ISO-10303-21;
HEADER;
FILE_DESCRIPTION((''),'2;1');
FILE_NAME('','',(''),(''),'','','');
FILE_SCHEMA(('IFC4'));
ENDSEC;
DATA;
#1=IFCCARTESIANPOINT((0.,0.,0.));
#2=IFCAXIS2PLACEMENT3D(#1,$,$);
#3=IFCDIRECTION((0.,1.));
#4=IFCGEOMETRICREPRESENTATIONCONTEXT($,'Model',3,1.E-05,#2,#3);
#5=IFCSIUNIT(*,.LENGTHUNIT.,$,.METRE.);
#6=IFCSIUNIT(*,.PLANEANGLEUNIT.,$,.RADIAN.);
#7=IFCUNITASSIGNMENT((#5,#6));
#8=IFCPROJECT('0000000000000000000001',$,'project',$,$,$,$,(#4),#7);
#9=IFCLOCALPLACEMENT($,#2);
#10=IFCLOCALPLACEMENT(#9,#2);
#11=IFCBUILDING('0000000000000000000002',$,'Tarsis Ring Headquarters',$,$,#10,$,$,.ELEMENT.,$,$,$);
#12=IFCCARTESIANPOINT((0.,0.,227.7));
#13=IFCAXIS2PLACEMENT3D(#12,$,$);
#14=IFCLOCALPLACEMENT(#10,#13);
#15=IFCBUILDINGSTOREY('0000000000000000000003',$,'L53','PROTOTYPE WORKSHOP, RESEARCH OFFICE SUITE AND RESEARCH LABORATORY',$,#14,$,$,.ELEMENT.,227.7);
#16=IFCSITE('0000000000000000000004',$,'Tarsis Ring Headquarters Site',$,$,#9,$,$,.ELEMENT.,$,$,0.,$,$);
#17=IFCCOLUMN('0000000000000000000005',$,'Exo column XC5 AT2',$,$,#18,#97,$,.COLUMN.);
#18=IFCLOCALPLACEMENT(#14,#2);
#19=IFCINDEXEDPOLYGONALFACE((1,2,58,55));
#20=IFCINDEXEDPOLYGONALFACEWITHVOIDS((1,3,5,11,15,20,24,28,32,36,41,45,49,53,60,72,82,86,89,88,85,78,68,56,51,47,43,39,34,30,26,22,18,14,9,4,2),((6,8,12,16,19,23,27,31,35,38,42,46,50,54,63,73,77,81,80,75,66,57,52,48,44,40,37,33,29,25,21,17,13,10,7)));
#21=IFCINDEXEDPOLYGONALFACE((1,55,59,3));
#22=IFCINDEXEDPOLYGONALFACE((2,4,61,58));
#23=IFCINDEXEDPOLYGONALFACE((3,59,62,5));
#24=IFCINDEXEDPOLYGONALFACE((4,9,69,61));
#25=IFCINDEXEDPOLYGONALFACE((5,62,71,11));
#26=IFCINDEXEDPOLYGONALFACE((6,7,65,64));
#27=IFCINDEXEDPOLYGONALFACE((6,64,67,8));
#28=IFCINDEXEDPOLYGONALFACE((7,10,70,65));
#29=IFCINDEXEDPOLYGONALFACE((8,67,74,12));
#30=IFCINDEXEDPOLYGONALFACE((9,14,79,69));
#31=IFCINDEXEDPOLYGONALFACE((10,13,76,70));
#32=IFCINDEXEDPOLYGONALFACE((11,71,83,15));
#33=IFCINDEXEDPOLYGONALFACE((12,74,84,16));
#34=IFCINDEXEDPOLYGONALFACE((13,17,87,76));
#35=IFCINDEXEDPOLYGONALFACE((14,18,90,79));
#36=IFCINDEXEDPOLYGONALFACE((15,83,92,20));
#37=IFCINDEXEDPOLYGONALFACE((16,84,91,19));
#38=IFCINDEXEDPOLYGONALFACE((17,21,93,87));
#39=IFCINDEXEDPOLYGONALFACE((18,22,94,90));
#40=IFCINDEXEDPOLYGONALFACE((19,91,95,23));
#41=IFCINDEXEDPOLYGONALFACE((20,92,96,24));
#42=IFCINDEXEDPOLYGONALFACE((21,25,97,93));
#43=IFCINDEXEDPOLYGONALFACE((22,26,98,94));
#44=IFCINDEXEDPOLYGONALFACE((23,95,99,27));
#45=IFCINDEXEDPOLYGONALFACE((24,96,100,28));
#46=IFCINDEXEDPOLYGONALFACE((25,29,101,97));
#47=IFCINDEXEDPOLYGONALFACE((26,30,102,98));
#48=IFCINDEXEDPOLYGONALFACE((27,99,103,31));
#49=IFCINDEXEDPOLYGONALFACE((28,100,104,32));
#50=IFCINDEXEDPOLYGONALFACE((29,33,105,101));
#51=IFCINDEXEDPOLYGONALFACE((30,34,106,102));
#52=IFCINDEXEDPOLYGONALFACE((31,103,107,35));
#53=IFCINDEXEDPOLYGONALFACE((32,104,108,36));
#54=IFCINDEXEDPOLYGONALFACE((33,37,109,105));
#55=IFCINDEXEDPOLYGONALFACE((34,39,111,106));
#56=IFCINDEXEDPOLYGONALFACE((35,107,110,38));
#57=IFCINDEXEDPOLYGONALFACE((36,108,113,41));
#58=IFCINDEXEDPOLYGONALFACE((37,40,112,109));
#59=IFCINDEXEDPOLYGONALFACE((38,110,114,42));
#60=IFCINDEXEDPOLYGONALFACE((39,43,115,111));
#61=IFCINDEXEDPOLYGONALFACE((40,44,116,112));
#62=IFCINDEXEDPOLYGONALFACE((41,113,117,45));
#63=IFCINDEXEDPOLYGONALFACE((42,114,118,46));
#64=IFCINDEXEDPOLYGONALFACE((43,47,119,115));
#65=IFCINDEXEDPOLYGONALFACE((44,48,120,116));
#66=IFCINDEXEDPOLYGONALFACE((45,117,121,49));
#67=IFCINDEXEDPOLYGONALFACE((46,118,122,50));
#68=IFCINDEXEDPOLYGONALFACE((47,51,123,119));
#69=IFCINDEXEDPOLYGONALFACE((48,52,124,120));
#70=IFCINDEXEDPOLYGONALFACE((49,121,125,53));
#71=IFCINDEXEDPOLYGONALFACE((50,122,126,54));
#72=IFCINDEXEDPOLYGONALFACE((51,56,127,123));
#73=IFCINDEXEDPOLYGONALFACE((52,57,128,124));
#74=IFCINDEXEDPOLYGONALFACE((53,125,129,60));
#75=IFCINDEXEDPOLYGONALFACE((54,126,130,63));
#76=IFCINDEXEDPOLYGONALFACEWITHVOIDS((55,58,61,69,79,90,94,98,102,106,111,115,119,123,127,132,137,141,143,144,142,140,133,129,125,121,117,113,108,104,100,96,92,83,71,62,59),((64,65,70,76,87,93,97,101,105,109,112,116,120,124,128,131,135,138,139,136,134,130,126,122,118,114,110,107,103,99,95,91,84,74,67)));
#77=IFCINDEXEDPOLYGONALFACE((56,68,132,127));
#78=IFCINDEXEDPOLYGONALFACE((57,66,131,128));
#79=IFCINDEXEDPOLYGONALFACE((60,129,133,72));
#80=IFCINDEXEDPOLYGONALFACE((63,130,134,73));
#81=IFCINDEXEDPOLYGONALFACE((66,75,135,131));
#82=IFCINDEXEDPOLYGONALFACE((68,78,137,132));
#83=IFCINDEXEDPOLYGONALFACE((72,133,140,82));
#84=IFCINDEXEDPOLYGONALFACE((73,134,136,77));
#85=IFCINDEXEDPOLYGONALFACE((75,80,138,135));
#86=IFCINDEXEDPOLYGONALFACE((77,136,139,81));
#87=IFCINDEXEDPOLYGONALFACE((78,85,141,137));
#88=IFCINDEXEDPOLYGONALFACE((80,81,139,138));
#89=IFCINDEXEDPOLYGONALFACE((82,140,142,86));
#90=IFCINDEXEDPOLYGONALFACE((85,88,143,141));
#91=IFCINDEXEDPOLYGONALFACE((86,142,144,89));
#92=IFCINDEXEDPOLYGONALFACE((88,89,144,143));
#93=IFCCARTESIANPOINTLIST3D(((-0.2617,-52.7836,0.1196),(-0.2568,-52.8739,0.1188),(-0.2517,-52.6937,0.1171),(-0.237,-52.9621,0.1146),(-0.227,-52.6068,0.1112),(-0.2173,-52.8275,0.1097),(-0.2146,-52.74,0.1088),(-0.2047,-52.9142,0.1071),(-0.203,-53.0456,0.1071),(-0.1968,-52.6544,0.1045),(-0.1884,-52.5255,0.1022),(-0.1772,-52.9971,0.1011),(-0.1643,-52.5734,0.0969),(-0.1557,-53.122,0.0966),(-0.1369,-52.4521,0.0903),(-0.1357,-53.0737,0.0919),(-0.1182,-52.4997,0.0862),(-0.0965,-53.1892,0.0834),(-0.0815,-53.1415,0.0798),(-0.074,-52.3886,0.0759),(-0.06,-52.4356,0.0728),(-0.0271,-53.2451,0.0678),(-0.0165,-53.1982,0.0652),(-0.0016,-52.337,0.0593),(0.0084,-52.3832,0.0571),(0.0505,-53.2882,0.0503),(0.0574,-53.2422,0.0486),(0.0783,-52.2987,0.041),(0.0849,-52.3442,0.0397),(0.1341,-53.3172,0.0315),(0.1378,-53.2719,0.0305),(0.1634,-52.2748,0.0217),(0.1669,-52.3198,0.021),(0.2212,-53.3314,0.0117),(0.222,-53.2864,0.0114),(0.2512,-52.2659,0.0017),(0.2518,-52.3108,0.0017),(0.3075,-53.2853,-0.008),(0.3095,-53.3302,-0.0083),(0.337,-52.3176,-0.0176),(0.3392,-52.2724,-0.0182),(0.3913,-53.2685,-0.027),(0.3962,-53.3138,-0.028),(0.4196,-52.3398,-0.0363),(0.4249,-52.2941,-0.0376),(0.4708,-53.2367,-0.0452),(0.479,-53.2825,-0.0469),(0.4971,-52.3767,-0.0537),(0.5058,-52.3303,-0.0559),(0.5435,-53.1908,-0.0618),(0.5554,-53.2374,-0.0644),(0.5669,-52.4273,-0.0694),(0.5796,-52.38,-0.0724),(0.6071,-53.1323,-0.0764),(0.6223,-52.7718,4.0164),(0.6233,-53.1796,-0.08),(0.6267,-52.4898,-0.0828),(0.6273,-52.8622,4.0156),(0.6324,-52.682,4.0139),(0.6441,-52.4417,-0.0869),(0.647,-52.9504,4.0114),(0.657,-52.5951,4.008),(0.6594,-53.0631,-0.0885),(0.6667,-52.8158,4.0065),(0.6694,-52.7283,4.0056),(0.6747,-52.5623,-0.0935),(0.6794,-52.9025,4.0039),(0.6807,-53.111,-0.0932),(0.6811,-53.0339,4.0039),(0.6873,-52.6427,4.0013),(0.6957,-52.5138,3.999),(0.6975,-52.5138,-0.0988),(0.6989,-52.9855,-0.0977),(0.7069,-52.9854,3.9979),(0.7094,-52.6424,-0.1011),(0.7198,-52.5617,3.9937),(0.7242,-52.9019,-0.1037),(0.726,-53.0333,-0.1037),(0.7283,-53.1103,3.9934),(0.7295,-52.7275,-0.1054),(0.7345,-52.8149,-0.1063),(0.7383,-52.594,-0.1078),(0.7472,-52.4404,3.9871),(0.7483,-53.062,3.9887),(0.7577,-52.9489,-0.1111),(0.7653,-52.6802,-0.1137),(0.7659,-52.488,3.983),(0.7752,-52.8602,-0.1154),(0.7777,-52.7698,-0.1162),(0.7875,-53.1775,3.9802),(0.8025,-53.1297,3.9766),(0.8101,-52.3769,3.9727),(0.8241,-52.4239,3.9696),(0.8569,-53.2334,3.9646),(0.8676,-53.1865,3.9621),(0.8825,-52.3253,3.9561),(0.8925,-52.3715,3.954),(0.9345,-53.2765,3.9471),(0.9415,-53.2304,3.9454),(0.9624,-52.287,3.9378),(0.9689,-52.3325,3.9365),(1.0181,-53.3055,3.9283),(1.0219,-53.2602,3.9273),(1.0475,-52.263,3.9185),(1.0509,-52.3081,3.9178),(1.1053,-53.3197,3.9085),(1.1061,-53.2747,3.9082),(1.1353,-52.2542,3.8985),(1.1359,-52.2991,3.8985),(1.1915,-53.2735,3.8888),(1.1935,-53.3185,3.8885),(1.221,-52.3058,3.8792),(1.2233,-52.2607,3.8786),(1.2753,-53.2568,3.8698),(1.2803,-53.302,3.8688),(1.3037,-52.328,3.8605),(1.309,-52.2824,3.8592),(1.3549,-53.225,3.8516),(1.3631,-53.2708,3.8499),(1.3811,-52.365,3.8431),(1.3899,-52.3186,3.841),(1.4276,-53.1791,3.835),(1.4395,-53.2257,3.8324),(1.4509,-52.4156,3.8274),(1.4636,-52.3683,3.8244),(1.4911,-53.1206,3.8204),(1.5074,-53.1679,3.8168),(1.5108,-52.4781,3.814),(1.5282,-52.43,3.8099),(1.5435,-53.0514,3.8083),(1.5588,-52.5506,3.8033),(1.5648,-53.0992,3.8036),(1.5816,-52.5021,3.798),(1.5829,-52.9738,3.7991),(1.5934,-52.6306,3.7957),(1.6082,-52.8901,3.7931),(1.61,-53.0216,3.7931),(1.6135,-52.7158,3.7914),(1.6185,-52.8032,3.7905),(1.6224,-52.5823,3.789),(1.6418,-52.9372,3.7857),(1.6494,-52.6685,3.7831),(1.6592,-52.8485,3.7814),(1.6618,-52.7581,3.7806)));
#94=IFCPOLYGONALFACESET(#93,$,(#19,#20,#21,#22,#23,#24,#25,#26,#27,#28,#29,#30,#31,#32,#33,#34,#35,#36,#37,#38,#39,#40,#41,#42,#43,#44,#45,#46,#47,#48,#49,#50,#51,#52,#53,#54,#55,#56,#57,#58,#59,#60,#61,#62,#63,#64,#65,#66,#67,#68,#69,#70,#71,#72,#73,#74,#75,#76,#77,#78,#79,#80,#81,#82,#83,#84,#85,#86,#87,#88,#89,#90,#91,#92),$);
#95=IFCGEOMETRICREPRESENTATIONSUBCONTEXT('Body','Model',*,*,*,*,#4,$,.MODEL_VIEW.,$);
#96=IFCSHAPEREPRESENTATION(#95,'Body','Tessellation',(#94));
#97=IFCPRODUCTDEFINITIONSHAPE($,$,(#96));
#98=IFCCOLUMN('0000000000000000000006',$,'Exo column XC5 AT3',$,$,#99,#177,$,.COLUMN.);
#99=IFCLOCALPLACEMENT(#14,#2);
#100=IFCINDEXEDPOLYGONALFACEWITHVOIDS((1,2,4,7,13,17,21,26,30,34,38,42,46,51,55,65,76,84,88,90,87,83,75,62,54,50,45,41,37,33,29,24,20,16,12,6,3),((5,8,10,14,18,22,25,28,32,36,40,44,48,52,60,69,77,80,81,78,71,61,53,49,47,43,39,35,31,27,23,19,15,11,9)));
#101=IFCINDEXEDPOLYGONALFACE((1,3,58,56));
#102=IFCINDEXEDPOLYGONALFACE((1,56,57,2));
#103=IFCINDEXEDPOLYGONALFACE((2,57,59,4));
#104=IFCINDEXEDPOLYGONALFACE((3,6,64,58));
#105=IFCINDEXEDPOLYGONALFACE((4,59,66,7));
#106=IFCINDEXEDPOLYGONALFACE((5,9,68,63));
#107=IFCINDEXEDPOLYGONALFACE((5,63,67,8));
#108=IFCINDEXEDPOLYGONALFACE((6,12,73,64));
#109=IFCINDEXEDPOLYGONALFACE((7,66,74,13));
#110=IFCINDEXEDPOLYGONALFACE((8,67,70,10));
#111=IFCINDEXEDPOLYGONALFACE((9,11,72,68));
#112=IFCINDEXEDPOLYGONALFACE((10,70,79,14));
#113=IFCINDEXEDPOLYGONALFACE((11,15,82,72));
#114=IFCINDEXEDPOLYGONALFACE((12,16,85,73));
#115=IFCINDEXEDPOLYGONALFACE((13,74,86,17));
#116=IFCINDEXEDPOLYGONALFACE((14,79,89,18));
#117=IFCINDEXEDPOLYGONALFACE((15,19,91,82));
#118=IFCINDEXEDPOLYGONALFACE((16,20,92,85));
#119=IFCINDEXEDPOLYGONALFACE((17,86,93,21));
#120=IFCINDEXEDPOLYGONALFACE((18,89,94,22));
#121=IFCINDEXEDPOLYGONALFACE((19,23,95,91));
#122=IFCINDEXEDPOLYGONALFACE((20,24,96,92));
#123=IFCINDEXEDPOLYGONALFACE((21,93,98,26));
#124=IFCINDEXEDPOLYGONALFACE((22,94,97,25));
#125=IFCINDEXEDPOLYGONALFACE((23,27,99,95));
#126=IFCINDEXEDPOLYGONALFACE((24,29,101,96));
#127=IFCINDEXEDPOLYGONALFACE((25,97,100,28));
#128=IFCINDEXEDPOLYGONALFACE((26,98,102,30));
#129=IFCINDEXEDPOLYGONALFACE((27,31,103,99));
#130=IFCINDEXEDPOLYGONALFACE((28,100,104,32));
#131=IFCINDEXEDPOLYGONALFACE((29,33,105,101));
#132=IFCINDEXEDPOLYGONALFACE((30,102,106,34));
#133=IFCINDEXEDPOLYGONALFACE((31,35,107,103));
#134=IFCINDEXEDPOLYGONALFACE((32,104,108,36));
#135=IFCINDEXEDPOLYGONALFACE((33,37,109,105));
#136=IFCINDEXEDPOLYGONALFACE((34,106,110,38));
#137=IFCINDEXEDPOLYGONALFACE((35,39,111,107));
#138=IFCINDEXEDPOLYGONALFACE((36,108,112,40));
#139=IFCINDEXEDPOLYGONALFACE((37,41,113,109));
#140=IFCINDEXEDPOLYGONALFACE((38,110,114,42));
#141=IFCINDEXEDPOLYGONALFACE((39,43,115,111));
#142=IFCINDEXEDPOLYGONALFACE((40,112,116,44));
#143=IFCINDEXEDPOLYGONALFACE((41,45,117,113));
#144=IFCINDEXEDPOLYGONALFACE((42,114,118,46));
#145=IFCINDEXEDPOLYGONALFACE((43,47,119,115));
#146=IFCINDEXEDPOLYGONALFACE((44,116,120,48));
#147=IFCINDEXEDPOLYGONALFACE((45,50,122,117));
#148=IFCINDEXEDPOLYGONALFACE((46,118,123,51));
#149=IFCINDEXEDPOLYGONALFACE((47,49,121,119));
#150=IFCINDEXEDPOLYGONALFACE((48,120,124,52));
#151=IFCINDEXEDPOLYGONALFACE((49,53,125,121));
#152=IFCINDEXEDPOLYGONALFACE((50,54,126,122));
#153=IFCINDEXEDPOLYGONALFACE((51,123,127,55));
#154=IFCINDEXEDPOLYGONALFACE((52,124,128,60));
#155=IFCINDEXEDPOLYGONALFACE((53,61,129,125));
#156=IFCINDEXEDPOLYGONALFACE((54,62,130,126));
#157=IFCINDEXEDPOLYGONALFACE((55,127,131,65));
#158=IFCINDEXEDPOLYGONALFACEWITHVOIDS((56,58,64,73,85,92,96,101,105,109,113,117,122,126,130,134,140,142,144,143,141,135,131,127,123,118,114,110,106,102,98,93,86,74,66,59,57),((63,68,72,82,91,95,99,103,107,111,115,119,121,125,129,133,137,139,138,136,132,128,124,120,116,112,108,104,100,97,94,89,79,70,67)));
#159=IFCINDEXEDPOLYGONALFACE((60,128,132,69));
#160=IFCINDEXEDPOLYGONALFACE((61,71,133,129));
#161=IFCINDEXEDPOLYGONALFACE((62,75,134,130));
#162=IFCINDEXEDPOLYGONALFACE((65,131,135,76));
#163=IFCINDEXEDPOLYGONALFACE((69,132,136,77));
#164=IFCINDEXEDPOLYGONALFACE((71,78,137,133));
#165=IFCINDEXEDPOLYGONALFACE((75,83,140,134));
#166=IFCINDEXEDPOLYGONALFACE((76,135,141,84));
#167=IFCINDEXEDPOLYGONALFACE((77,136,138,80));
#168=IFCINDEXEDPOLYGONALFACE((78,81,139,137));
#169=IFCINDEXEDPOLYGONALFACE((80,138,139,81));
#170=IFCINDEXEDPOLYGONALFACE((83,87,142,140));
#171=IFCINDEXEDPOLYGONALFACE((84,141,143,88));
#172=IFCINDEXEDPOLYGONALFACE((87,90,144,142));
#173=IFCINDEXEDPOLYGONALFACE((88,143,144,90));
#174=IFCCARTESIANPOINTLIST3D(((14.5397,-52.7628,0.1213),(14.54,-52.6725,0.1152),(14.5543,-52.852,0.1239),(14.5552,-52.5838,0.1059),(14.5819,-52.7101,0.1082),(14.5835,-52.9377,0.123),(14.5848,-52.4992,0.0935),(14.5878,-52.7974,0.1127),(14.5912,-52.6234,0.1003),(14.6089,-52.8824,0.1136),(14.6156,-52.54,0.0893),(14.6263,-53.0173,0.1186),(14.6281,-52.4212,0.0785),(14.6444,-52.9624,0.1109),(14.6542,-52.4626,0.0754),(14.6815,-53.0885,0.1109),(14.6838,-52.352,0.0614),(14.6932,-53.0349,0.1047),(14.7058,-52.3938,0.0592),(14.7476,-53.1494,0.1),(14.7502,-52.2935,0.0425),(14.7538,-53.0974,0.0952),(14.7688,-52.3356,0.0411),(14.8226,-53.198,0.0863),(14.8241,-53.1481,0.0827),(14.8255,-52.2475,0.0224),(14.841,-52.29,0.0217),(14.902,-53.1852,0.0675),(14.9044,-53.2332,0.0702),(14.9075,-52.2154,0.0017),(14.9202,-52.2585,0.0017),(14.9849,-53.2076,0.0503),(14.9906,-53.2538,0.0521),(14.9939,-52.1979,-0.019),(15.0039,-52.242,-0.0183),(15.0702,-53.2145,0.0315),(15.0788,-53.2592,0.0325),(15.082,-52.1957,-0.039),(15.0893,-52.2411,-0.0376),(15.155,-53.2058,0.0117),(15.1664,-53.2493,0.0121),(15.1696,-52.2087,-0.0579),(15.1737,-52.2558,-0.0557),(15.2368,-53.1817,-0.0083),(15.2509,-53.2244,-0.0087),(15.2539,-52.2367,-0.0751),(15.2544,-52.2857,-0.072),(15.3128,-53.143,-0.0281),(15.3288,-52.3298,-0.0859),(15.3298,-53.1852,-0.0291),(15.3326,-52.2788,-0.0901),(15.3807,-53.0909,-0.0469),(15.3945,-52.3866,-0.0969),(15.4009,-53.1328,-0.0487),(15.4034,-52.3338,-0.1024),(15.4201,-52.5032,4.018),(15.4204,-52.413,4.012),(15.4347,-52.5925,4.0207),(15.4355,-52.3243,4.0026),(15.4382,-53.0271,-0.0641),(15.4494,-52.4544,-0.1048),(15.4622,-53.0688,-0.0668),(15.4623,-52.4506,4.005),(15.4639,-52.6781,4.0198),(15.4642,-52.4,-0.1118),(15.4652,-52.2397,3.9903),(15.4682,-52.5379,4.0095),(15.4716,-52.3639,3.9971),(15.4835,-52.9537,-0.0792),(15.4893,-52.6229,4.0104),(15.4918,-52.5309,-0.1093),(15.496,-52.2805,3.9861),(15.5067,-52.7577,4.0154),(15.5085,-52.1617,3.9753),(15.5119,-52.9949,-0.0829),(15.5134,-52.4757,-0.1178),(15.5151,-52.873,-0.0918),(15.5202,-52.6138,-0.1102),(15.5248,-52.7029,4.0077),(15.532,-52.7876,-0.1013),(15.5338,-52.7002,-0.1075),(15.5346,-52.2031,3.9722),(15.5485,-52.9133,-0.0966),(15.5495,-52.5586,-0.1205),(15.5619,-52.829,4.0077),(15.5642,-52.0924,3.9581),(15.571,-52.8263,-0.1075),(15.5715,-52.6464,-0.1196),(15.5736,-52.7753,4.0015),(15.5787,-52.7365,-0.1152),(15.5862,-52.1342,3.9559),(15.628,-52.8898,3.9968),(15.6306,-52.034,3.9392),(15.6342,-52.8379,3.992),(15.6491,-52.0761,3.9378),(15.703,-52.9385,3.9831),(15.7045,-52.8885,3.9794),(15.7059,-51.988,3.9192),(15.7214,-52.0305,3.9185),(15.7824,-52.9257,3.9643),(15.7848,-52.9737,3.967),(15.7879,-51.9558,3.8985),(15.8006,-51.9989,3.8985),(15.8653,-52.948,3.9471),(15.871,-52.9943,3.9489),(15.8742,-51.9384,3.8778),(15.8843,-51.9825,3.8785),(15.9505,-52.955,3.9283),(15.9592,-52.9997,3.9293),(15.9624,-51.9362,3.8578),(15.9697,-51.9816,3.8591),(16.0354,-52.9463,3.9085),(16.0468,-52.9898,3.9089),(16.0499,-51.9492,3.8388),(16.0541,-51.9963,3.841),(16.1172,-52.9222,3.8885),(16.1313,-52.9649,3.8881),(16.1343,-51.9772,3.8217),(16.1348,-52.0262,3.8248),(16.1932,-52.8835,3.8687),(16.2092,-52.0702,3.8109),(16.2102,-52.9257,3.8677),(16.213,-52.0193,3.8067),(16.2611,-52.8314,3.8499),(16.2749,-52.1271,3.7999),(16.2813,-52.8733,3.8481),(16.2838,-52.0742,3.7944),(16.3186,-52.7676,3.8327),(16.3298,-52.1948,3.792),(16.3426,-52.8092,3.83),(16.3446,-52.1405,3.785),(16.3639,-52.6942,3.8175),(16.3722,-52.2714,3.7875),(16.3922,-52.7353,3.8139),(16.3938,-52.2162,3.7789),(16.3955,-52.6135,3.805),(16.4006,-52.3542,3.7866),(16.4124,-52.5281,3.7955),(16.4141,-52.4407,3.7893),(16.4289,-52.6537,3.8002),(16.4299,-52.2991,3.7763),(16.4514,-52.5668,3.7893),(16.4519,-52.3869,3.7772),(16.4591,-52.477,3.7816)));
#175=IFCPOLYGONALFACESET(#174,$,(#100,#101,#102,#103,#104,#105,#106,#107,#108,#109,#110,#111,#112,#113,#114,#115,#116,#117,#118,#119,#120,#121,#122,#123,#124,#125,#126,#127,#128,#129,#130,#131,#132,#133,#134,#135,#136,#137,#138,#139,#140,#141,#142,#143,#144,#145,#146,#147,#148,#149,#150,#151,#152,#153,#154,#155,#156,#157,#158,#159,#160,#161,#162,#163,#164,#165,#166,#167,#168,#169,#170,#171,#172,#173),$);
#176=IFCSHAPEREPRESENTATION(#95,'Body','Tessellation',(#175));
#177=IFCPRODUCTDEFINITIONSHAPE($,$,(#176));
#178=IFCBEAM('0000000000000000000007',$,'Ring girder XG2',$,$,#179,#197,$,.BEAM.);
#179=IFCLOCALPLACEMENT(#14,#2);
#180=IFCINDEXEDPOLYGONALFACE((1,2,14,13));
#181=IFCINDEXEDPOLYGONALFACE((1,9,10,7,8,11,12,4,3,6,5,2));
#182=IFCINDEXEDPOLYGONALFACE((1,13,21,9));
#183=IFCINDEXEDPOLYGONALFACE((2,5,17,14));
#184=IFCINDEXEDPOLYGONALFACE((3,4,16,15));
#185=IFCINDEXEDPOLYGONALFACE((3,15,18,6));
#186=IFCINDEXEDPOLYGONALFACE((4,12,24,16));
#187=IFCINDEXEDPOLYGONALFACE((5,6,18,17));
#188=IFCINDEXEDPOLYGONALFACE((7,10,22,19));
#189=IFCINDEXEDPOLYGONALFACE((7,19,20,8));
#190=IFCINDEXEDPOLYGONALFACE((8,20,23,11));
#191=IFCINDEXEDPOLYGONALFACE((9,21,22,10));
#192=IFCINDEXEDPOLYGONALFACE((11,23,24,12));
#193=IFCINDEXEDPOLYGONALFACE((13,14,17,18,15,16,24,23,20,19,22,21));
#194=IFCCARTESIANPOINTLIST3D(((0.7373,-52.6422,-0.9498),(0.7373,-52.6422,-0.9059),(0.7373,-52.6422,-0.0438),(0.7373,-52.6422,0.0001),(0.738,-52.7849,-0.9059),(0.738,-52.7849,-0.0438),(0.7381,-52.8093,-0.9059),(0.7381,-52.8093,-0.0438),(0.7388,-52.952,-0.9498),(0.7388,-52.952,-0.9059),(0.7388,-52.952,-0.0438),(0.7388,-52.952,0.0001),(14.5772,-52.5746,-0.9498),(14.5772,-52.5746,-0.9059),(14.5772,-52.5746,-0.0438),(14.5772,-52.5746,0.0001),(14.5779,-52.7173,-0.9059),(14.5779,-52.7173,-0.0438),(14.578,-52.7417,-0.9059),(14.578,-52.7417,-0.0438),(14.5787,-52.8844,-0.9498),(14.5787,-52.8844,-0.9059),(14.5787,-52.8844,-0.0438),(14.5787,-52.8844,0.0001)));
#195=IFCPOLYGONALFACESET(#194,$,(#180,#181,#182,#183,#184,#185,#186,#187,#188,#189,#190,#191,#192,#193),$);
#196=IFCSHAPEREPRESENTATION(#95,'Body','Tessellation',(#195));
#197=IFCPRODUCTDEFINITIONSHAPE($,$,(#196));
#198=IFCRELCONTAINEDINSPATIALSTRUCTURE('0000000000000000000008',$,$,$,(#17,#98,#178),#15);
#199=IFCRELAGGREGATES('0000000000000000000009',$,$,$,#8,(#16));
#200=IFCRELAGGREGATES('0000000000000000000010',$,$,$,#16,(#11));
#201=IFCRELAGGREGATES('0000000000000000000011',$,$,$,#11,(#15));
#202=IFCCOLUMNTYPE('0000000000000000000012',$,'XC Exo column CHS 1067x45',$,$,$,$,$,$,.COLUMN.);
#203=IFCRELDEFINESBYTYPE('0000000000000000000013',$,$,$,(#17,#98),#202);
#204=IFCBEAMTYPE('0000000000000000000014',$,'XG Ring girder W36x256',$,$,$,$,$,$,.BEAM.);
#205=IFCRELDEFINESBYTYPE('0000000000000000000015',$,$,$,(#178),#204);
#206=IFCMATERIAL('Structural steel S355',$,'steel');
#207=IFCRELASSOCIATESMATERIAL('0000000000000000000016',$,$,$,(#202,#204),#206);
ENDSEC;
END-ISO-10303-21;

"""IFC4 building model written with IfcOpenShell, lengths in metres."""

from ifc_helpers import new_model, si_unit, direction, frame, origin, origin_2d, place, context, subcontext, project, spatial, hollow_circle, i_section, extrude, material, material_profile, profile_set, type_object, element, save


model = new_model("IFC4")

# Units and contexts
model_context = context("Model", 3, precision=1e-05, world=origin(), true_north=direction((0.0, 1.0)))
body_context = subcontext(model_context, "Body", "Model", "MODEL_VIEW")
ifc_project = project(units=[si_unit("LENGTHUNIT", "METRE"), si_unit("PLANEANGLEUNIT", "RADIAN")], contexts=[model_context])

# Site, building, storey
site_placement = place(None, origin())
site = spatial("IfcSite", under=ifc_project, at=site_placement, Name="Tarsis Ring Headquarters Site", CompositionType="ELEMENT", RefElevation=0.0)
building_placement = place(site_placement, origin())
building = spatial("IfcBuilding", under=site, at=building_placement, Name="Tarsis Ring Headquarters", CompositionType="ELEMENT")
storey_placement = place(building_placement, frame((0.0, 0.0, 227.7)))
storey = spatial("IfcBuildingStorey", under=building, at=storey_placement, Name="L53", Description="PROTOTYPE WORKSHOP, RESEARCH OFFICE SUITE AND RESEARCH LABORATORY", CompositionType="ELEMENT", Elevation=227.7)

# Columns
ifc_material_1 = material(Name="Structural steel S355", Category="steel")
ifc_material_profile_1 = material_profile(ifc_material_1, hollow_circle(Radius=0.5334, WallThickness=0.0449, at=origin_2d()), Name="CHS 1067x45")
ifc_profile_set_1 = profile_set([ifc_material_profile_1], Name="Structural steel S355")
column_type = type_object("IfcColumnType", Name="XC Exo column CHS 1067x45", PredefinedType="COLUMN", material=ifc_profile_set_1)
column_1_placement = place(storey_placement, frame((0.2583, -52.7993, 0.0017), z_axis=(0.221242, 0.002933, 0.975214), x_axis=(-0.013255, 0.999912, 0.0)))
element("IfcColumn", 1, at=column_1_placement, inside=storey, type_object=column_type, Name="Exo column XC5 AT2", PredefinedType="COLUMN", context=body_context, shape_type="SweptSolid", body=[
    extrude(hollow_circle(Radius=0.5334, WallThickness=0.0449, at=origin_2d()), origin(), (0.0, 0.0, 1.0), 3.9958),
])
column_2_placement = place(storey_placement, frame((15.0583, -52.7271, 0.0017), z_axis=(0.219908, 0.064826, 0.973364), x_axis=(-0.282757, 0.959192, 0.0)))
element("IfcColumn", 2, at=column_2_placement, inside=storey, type_object=column_type, Name="Exo column XC5 AT3", PredefinedType="COLUMN", context=body_context, shape_type="SweptSolid", body=[
    extrude(hollow_circle(Radius=0.5334, WallThickness=0.0449, at=origin_2d()), origin(), (0.0, 0.0, 1.0), 4.0034),
])

# Beam
ifc_material_profile_2 = material_profile(ifc_material_1, i_section(OverallWidth=0.3098, OverallDepth=0.95, WebThickness=0.0244, FlangeThickness=0.0439, at=origin_2d()), Name="W36x256")
ifc_profile_set_2 = profile_set([ifc_material_profile_2], Name="Structural steel S355")
beam_type = type_object("IfcBeamType", Name="XG Ring girder W36x256", PredefinedType="BEAM", material=ifc_profile_set_2)
beam_1_placement = place(storey_placement, frame((0.738, -52.7971, -0.4749), z_axis=(0.999988, 0.004886, 0.0), x_axis=(-0.004886, 0.999988, 0.0)))
element("IfcBeam", 3, at=beam_1_placement, inside=storey, type_object=beam_type, Name="Ring girder XG2", PredefinedType="BEAM", context=body_context, shape_type="SweptSolid", body=[
    extrude(i_section(OverallWidth=0.3098, OverallDepth=0.95, WebThickness=0.0244, FlangeThickness=0.0439, at=origin_2d()), origin(), (0.0, 0.0, 1.0), 13.8401),
])

save(model, "model.ifc")
